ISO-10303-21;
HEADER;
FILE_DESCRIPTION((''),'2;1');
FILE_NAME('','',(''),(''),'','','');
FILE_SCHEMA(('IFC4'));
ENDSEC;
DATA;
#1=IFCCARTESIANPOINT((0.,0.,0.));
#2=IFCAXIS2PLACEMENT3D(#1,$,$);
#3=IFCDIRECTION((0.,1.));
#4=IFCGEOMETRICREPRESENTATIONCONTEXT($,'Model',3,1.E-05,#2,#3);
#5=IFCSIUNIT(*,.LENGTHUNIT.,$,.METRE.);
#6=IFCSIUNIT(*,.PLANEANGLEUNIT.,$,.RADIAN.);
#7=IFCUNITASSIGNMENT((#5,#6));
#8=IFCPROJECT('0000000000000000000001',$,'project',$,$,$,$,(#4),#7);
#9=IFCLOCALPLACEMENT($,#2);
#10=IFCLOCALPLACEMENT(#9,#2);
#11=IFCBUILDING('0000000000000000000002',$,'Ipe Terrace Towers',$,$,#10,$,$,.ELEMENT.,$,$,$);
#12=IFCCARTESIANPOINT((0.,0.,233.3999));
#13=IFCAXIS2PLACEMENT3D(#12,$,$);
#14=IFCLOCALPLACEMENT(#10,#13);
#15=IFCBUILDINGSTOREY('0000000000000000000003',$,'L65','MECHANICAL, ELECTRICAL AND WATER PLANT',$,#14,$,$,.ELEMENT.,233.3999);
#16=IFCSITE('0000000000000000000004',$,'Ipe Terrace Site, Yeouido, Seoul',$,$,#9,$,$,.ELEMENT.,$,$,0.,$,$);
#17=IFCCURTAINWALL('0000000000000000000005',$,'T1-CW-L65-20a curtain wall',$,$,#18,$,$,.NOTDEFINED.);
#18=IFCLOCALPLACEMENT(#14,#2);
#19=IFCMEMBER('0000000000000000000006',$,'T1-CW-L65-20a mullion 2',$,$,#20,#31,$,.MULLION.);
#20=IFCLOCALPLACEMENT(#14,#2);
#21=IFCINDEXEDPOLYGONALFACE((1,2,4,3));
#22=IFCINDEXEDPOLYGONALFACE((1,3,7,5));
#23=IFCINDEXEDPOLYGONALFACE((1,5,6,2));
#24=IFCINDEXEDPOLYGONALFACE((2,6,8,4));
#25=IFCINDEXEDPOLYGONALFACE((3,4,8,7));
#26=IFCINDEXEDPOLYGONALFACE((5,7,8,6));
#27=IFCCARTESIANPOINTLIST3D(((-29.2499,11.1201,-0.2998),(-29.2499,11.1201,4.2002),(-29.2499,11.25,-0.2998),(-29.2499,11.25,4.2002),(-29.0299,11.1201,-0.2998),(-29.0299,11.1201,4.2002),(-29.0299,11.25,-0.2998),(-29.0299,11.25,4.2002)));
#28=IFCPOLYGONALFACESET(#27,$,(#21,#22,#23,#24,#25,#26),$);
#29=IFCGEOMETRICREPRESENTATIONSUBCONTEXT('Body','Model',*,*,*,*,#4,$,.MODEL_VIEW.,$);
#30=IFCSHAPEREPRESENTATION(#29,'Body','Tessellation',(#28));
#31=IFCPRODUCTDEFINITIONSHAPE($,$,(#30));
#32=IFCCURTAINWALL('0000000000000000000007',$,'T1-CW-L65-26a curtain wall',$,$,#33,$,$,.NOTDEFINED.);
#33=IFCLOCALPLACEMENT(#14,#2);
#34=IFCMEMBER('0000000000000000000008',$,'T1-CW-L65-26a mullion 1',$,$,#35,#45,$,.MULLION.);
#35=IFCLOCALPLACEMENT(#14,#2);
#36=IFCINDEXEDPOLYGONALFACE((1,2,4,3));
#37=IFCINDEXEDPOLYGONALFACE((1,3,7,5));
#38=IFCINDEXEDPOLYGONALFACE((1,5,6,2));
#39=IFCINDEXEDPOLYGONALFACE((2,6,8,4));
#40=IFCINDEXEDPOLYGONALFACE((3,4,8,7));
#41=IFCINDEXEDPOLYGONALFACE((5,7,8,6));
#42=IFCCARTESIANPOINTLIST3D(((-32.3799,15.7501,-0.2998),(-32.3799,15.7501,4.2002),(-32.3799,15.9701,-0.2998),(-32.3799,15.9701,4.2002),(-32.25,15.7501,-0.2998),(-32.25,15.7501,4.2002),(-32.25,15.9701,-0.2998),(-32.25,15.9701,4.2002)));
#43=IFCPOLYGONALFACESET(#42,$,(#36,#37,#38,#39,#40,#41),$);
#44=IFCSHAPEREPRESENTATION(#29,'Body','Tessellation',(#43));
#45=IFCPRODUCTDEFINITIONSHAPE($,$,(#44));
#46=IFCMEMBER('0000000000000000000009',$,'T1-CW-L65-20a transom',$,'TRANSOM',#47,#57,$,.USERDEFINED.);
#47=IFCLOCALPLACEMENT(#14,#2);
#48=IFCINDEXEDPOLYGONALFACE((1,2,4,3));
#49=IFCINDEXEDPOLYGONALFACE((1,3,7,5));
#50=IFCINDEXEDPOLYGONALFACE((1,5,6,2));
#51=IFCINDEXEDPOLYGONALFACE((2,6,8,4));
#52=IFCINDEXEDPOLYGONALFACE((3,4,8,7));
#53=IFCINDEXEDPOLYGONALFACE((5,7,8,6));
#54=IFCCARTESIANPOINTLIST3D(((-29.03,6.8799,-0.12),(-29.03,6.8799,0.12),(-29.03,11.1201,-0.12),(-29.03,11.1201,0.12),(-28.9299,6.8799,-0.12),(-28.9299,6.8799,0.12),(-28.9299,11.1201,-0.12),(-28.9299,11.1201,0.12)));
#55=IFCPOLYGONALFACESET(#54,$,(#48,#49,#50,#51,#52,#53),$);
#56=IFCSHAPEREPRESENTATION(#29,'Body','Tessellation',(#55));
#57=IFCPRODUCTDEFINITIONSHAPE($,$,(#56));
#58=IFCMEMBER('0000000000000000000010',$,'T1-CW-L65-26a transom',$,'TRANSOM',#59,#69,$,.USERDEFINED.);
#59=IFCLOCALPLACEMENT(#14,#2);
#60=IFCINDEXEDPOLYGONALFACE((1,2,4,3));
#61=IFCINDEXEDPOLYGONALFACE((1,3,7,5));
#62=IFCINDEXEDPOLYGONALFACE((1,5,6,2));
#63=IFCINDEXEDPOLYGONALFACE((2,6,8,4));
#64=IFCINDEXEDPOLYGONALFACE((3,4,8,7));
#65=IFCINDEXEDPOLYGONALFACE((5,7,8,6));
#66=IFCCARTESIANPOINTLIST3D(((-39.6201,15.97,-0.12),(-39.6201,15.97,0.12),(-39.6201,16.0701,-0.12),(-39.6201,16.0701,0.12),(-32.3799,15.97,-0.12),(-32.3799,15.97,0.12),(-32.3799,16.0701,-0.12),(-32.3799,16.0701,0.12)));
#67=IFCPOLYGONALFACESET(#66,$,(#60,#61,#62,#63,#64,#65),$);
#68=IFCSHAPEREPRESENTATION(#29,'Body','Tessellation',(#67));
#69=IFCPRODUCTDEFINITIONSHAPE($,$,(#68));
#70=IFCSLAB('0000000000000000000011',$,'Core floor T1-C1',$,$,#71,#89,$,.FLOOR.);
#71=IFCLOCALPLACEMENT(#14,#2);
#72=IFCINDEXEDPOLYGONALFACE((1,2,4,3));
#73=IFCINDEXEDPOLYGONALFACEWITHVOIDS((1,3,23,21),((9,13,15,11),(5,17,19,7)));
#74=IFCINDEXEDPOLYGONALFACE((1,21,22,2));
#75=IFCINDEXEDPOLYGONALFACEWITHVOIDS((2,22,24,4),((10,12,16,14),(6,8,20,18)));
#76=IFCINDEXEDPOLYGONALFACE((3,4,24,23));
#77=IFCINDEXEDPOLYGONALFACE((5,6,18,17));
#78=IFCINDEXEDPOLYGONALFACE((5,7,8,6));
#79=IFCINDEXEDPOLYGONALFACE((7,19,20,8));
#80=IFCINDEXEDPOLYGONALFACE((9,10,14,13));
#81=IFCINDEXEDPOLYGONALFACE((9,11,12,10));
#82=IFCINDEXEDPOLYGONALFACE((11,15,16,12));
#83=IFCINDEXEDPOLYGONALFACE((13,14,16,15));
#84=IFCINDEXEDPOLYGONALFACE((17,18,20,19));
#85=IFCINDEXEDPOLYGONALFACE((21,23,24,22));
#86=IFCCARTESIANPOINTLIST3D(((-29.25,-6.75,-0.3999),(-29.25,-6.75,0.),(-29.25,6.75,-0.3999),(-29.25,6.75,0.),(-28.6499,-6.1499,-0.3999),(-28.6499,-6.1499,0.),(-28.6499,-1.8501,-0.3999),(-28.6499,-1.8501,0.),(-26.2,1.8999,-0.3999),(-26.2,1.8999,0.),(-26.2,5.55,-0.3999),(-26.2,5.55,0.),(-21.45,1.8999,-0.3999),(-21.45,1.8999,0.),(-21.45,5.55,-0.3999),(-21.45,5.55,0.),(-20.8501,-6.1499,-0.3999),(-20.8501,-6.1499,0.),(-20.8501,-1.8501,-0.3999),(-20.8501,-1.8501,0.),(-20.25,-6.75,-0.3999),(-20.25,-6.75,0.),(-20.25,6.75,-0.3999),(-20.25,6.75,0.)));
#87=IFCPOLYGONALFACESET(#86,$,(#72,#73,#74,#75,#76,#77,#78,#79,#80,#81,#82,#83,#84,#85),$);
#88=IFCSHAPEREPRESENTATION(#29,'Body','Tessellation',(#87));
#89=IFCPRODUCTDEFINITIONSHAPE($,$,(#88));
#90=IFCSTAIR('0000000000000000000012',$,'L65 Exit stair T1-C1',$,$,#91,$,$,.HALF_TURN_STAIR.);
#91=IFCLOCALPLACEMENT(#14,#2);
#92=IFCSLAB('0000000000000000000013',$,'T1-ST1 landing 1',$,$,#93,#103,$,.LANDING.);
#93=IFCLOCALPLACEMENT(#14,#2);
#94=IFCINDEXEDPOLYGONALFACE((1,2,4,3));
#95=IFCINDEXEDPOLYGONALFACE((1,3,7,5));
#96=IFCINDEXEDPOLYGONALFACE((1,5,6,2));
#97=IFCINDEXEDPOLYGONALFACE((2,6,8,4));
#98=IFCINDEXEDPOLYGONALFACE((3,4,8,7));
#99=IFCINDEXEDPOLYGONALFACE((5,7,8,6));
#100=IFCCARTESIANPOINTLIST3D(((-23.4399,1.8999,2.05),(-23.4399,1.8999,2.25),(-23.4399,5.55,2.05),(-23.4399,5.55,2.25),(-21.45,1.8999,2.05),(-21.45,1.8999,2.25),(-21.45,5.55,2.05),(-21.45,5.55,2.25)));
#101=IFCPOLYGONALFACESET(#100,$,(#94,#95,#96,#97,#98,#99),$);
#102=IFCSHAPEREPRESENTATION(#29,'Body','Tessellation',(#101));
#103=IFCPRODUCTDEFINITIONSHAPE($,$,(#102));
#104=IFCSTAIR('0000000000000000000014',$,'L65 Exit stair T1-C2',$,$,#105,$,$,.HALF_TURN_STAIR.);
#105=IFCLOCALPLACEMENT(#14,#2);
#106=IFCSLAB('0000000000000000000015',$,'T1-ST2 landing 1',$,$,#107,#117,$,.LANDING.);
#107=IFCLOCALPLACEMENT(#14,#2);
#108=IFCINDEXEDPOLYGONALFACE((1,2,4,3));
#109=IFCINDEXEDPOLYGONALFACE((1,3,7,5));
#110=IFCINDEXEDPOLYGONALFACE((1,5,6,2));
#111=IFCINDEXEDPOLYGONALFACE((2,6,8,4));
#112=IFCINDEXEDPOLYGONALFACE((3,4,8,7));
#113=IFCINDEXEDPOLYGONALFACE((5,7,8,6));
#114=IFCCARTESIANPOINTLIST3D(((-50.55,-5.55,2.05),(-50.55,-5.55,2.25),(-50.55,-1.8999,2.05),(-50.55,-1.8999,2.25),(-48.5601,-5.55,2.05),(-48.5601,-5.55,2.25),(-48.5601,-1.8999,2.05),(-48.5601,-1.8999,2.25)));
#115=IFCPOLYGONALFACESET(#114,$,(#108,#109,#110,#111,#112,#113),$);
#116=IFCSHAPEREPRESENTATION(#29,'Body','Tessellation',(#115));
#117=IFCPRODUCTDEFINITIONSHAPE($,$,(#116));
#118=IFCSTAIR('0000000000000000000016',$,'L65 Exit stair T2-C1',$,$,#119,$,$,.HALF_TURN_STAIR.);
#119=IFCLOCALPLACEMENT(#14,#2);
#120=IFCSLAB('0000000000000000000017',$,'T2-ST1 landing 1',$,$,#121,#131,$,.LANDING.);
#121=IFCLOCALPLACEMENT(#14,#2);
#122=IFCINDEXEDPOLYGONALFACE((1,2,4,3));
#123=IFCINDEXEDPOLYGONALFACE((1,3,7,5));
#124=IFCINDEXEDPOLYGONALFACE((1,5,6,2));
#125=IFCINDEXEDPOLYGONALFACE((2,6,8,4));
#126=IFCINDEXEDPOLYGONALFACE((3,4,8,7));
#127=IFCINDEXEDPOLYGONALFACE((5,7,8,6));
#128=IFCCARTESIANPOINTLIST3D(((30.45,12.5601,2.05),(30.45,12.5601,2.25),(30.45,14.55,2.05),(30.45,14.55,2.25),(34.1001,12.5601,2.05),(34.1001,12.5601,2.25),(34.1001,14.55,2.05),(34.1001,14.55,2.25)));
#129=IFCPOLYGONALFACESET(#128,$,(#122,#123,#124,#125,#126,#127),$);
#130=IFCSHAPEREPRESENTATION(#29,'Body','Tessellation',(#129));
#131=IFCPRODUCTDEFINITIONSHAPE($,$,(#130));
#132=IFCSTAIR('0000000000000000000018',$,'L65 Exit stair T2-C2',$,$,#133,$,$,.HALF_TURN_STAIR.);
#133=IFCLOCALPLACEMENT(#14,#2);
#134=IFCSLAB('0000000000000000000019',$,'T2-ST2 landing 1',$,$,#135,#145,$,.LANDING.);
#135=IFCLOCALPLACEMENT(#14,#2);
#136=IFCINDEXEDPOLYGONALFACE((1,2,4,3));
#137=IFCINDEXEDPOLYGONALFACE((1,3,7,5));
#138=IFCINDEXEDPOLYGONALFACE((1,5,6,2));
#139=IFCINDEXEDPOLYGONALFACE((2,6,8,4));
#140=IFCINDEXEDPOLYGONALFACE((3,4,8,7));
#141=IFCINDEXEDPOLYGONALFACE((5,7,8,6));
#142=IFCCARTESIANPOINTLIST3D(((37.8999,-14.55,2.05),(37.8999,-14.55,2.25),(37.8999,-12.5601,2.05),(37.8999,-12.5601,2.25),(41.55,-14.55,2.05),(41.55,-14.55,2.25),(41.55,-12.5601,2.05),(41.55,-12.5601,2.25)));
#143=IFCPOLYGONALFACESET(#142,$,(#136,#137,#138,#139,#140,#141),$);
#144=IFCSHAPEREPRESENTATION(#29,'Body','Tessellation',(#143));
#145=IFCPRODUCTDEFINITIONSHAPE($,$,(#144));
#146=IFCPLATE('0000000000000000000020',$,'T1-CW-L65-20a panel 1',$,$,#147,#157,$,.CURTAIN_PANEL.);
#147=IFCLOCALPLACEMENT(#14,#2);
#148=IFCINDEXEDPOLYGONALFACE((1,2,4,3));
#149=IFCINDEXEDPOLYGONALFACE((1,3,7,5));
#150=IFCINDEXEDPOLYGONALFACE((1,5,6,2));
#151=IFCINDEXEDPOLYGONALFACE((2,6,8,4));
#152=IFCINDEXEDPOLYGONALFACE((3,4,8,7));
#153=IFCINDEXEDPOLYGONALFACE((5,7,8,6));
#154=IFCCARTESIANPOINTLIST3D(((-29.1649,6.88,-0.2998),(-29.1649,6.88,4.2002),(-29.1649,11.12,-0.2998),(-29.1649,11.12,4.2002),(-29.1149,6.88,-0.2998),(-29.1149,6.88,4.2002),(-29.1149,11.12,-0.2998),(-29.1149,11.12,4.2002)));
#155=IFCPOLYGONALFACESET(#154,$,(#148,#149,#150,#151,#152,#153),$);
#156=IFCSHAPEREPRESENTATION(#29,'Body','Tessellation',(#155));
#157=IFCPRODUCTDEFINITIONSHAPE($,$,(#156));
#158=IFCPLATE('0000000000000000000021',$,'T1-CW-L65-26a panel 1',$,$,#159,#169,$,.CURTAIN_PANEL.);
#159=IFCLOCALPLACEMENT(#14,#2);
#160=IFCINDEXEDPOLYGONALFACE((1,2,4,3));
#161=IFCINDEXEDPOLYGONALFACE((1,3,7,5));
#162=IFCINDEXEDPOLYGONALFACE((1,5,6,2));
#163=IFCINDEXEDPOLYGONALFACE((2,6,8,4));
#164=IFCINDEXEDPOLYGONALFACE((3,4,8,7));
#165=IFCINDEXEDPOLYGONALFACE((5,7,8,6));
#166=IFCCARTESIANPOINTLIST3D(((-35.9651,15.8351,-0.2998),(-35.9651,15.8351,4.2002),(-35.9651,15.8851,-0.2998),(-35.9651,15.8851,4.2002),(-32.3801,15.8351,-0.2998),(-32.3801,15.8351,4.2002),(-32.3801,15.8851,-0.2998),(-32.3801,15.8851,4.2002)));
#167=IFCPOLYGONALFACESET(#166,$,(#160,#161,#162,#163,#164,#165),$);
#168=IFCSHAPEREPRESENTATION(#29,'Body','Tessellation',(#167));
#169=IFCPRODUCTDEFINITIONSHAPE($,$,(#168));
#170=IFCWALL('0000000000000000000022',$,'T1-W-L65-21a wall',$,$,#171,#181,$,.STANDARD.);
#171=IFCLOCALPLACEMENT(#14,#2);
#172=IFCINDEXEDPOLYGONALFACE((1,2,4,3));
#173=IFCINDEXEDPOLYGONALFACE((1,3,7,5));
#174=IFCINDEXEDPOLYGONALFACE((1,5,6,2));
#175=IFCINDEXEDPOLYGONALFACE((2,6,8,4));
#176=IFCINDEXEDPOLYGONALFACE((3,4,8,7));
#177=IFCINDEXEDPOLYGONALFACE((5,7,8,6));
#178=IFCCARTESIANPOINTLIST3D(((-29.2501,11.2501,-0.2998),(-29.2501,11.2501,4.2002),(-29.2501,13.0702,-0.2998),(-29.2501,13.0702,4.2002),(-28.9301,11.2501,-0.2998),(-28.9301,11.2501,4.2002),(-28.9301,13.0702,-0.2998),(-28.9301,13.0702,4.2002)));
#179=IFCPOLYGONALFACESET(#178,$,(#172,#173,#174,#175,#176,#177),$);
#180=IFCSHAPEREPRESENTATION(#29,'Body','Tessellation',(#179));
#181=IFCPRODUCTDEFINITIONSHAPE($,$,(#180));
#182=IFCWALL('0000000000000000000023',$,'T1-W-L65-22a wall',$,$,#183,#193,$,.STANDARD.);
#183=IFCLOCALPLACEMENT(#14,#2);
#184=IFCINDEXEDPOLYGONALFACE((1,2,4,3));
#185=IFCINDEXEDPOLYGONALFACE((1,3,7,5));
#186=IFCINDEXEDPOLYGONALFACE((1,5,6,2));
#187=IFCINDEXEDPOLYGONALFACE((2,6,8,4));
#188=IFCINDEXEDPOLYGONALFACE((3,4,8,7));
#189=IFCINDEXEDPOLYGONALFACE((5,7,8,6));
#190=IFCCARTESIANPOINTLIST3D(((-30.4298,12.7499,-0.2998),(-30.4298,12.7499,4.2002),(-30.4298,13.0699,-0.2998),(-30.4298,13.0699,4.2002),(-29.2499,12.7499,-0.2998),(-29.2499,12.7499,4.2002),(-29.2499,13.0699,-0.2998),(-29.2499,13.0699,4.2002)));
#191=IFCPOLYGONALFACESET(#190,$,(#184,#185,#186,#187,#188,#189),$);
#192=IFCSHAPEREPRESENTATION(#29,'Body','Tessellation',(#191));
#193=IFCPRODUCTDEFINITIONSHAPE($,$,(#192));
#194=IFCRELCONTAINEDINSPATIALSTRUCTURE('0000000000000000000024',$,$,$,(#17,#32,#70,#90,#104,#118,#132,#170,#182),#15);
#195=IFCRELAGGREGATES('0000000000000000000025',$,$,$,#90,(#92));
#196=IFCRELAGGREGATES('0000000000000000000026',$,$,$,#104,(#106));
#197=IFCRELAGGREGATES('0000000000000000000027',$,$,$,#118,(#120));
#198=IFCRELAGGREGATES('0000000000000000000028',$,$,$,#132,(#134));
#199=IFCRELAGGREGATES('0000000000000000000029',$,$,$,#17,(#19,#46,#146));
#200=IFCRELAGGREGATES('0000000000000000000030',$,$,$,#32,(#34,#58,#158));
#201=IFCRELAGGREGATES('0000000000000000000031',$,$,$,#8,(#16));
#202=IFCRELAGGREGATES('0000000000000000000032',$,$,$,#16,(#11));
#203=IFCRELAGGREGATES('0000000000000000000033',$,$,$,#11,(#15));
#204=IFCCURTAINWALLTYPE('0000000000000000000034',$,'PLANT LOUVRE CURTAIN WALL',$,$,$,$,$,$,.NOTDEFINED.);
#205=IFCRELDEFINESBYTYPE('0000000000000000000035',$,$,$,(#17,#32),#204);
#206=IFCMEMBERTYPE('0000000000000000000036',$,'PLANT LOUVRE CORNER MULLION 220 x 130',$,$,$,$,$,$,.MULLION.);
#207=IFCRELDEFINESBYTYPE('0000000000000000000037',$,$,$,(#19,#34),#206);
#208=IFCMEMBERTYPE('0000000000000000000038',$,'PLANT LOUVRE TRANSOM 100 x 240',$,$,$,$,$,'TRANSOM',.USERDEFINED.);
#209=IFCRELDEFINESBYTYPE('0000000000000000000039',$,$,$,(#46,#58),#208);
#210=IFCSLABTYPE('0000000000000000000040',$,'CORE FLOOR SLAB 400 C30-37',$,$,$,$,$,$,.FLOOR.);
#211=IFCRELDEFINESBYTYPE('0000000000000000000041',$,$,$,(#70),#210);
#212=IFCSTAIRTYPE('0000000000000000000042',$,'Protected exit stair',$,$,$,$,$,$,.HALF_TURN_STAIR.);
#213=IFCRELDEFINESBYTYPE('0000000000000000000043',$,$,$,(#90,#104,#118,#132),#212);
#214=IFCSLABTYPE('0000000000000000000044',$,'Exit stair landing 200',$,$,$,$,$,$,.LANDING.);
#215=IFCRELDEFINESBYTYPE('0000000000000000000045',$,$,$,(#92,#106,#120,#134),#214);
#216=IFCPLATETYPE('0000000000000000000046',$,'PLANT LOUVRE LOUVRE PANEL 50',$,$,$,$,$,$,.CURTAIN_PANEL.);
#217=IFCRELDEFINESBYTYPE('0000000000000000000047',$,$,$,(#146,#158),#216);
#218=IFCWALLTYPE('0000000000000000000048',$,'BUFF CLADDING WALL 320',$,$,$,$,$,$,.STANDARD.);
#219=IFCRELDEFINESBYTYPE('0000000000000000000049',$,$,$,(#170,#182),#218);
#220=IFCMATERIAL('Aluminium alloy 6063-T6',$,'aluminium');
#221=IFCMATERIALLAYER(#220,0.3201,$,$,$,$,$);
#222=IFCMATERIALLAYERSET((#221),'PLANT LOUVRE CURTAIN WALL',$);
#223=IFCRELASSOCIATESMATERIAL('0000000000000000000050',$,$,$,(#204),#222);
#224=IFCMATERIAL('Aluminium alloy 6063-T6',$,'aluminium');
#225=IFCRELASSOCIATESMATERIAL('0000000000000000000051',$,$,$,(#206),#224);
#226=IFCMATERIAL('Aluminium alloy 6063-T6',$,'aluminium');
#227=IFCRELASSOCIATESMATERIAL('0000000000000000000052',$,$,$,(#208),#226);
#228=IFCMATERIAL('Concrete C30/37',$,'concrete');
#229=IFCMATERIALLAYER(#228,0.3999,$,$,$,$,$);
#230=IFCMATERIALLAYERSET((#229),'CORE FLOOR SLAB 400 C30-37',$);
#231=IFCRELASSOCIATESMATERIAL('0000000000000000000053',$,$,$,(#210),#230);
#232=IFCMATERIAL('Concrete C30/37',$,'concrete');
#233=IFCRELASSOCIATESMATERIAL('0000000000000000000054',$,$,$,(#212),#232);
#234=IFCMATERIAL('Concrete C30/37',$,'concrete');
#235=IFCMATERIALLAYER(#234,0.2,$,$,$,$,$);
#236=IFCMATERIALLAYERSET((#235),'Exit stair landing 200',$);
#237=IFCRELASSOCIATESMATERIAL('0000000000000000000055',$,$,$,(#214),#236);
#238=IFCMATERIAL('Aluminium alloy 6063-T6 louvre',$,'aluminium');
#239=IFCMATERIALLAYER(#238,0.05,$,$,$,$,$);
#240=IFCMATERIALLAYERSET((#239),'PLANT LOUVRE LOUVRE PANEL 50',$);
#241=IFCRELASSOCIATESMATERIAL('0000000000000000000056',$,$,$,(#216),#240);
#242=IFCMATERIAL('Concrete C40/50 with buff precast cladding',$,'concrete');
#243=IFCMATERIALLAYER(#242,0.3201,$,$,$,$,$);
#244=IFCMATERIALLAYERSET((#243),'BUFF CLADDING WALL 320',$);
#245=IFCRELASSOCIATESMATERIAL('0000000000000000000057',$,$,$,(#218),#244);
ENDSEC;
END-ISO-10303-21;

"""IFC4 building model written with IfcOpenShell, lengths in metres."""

from ifc_helpers import new_model, si_unit, direction, frame, frame_2d, origin, origin_2d, place, context, subcontext, project, spatial, polyline, rectangle, outline, extrude, material, layer, layer_set, material_profile, profile_set, type_object, element, aggregate, save


model = new_model("IFC4")

# Units and contexts
model_context = context("Model", 3, precision=1e-05, world=origin(), true_north=direction((0.0, 1.0)))
body_context = subcontext(model_context, "Body", "Model", "MODEL_VIEW")
ifc_project = project(units=[si_unit("LENGTHUNIT", "METRE"), si_unit("PLANEANGLEUNIT", "RADIAN")], contexts=[model_context])

# Site, building, storey
site_placement = place(None, origin())
site = spatial("IfcSite", under=ifc_project, at=site_placement, Name="Ipe Terrace Site, Yeouido, Seoul", CompositionType="ELEMENT", RefElevation=0.0)
building_placement = place(site_placement, origin())
building = spatial("IfcBuilding", under=site, at=building_placement, Name="Ipe Terrace Towers", CompositionType="ELEMENT")
storey_placement = place(building_placement, frame((0.0, 0.0, 233.3999)))
storey = spatial("IfcBuildingStorey", under=building, at=storey_placement, Name="L65", Description="MECHANICAL, ELECTRICAL AND WATER PLANT", CompositionType="ELEMENT", Elevation=233.3999)

# Curtain wall, member
ifc_material_1 = material(Name="Aluminium alloy 6063-T6", Category="aluminium")
ifc_layer_1 = layer(ifc_material_1, 0.3201)
ifc_layer_set_1 = layer_set([ifc_layer_1], Name="PLANT LOUVRE CURTAIN WALL")
curtain_wall_type = type_object("IfcCurtainWallType", Name="PLANT LOUVRE CURTAIN WALL", PredefinedType="NOTDEFINED", material=ifc_layer_set_1)
curtain_wall_1_placement = place(storey_placement, origin())
curtain_wall_1 = element("IfcCurtainWall", 1, at=curtain_wall_1_placement, inside=storey, type_object=curtain_wall_type, Name="T1-CW-L65-20a curtain wall", PredefinedType="NOTDEFINED")
ifc_material_2 = material(Name="Aluminium alloy 6063-T6", Category="aluminium")
ifc_material_profile_1 = material_profile(ifc_material_2, rectangle(XDim=0.22, YDim=0.1299, at=origin_2d()), Name="PLANT LOUVRE CORNER MULLION 220 x 130")
ifc_profile_set_1 = profile_set([ifc_material_profile_1], Name="Aluminium alloy 6063-T6")
member_type_1 = type_object("IfcMemberType", Name="PLANT LOUVRE CORNER MULLION 220 x 130", PredefinedType="MULLION", material=ifc_profile_set_1)
member_1_placement = place(storey_placement, frame((-29.1399, 11.1851, -0.2998), z_axis=(0.0, 0.0, 1.0), x_axis=(1.0, 0.0, 0.0)))
member_1 = element("IfcMember", 2, at=member_1_placement, type_object=member_type_1, Name="T1-CW-L65-20a mullion 2", PredefinedType="MULLION", context=body_context, shape_type="SweptSolid", body=[
    extrude(rectangle(XDim=0.22, YDim=0.1299, at=origin_2d()), origin(), (0.0, 0.0, 1.0), 4.5),
])

# Curtain wall, member
curtain_wall_2_placement = place(storey_placement, origin())
curtain_wall_2 = element("IfcCurtainWall", 3, at=curtain_wall_2_placement, inside=storey, type_object=curtain_wall_type, Name="T1-CW-L65-26a curtain wall", PredefinedType="NOTDEFINED")
member_2_placement = place(storey_placement, frame((-32.3149, 15.8601, -0.2998), z_axis=(0.0, 0.0, 1.0), x_axis=(0.0, 1.0, 0.0)))
member_2 = element("IfcMember", 4, at=member_2_placement, type_object=member_type_1, Name="T1-CW-L65-26a mullion 1", PredefinedType="MULLION", context=body_context, shape_type="SweptSolid", body=[
    extrude(rectangle(XDim=0.22, YDim=0.1299, at=origin_2d()), origin(), (0.0, 0.0, 1.0), 4.5),
])

# Members
ifc_material_3 = material(Name="Aluminium alloy 6063-T6", Category="aluminium")
ifc_material_profile_2 = material_profile(ifc_material_3, rectangle(XDim=0.1001, YDim=0.24, at=origin_2d()), Name="PLANT LOUVRE TRANSOM 100 x 240")
ifc_profile_set_2 = profile_set([ifc_material_profile_2], Name="Aluminium alloy 6063-T6")
member_type_2 = type_object("IfcMemberType", Name="PLANT LOUVRE TRANSOM 100 x 240", ElementType="TRANSOM", PredefinedType="USERDEFINED", material=ifc_profile_set_2)
member_3_placement = place(storey_placement, frame((-28.98, 6.8799, 0.0), z_axis=(0.0, 1.0, 0.0), x_axis=(1.0, 0.0, 0.0)))
member_3 = element("IfcMember", 5, at=member_3_placement, type_object=member_type_2, Name="T1-CW-L65-20a transom", ObjectType="TRANSOM", PredefinedType="USERDEFINED", context=body_context, shape_type="SweptSolid", body=[
    extrude(rectangle(XDim=0.1001, YDim=0.24, at=origin_2d()), origin(), (0.0, 0.0, 1.0), 4.2402),
])
member_4_placement = place(storey_placement, frame((-32.3799, 16.02, 0.0), z_axis=(-1.0, 0.0, 0.0), x_axis=(0.0, 1.0, 0.0)))
member_4 = element("IfcMember", 6, at=member_4_placement, type_object=member_type_2, Name="T1-CW-L65-26a transom", ObjectType="TRANSOM", PredefinedType="USERDEFINED", context=body_context, shape_type="SweptSolid", body=[
    extrude(rectangle(XDim=0.1001, YDim=0.24, at=origin_2d()), origin(), (0.0, 0.0, 1.0), 7.2402),
])

# Slab
ifc_material_4 = material(Name="Concrete C30/37", Category="concrete")
ifc_layer_2 = layer(ifc_material_4, 0.3999)
ifc_layer_set_2 = layer_set([ifc_layer_2], Name="CORE FLOOR SLAB 400 C30-37")
slab_type_1 = type_object("IfcSlabType", Name="CORE FLOOR SLAB 400 C30-37", PredefinedType="FLOOR", material=ifc_layer_set_2)
slab_1_placement = place(storey_placement, frame((0.0, 0.0, -0.3999)))
element("IfcSlab", 7, at=slab_1_placement, inside=storey, type_object=slab_type_1, Name="Core floor T1-C1", PredefinedType="FLOOR", context=body_context, shape_type="SweptSolid", body=[
    extrude(outline(polyline([(-29.25, -6.75), (-29.25, 6.75), (-20.25, 6.75), (-20.25, -6.75), (-29.25, -6.75)]), holes=[polyline([(-28.6499, -6.1499), (-20.8501, -6.1499), (-20.8501, -1.8501), (-28.6499, -1.8501), (-28.6499, -6.1499)]), polyline([(-26.2, 5.55), (-26.2, 1.8999), (-21.45, 1.8999), (-21.45, 5.55), (-26.2, 5.55)])]), origin(), (0.0, 0.0, 1.0), 0.3999),
])

# Stairs, slabs
ifc_material_5 = material(Name="Concrete C30/37", Category="concrete")
stair_type = type_object("IfcStairType", Name="Protected exit stair", PredefinedType="HALF_TURN_STAIR", material=ifc_material_5)
stair_1_placement = place(storey_placement, origin())
stair_1 = element("IfcStair", 8, at=stair_1_placement, inside=storey, type_object=stair_type, Name="L65 Exit stair T1-C1", PredefinedType="HALF_TURN_STAIR")
ifc_material_6 = material(Name="Concrete C30/37", Category="concrete")
ifc_layer_3 = layer(ifc_material_6, 0.2)
ifc_layer_set_3 = layer_set([ifc_layer_3], Name="Exit stair landing 200")
slab_type_2 = type_object("IfcSlabType", Name="Exit stair landing 200", PredefinedType="LANDING", material=ifc_layer_set_3)
slab_2_placement = place(storey_placement, frame((0.0, 0.0, 2.05)))
slab_2 = element("IfcSlab", 9, at=slab_2_placement, type_object=slab_type_2, Name="T1-ST1 landing 1", PredefinedType="LANDING", context=body_context, shape_type="SweptSolid", body=[
    extrude(outline(polyline([(-23.4399, 1.8999), (-21.45, 1.8999), (-21.45, 5.55), (-23.4399, 5.55), (-23.4399, 1.8999)])), origin(), (0.0, 0.0, 1.0), 0.2),
])
aggregate(stair_1, [slab_2])
stair_2_placement = place(storey_placement, origin())
stair_2 = element("IfcStair", 10, at=stair_2_placement, inside=storey, type_object=stair_type, Name="L65 Exit stair T1-C2", PredefinedType="HALF_TURN_STAIR")
slab_3_placement = place(storey_placement, frame((0.0, 0.0, 2.05)))
slab_3 = element("IfcSlab", 11, at=slab_3_placement, type_object=slab_type_2, Name="T1-ST2 landing 1", PredefinedType="LANDING", context=body_context, shape_type="SweptSolid", body=[
    extrude(outline(polyline([(-48.5601, -1.8999), (-50.55, -1.8999), (-50.55, -5.55), (-48.5601, -5.55), (-48.5601, -1.8999)])), origin(), (0.0, 0.0, 1.0), 0.2),
])
aggregate(stair_2, [slab_3])
stair_3_placement = place(storey_placement, origin())
stair_3 = element("IfcStair", 12, at=stair_3_placement, inside=storey, type_object=stair_type, Name="L65 Exit stair T2-C1", PredefinedType="HALF_TURN_STAIR")
slab_4_placement = place(storey_placement, frame((0.0, 0.0, 2.05)))
slab_4 = element("IfcSlab", 13, at=slab_4_placement, type_object=slab_type_2, Name="T2-ST1 landing 1", PredefinedType="LANDING", context=body_context, shape_type="SweptSolid", body=[
    extrude(outline(polyline([(34.1001, 12.5601), (34.1001, 14.55), (30.45, 14.55), (30.45, 12.5601), (34.1001, 12.5601)])), origin(), (0.0, 0.0, 1.0), 0.2),
])
aggregate(stair_3, [slab_4])
stair_4_placement = place(storey_placement, origin())
stair_4 = element("IfcStair", 14, at=stair_4_placement, inside=storey, type_object=stair_type, Name="L65 Exit stair T2-C2", PredefinedType="HALF_TURN_STAIR")
slab_5_placement = place(storey_placement, frame((0.0, 0.0, 2.05)))
slab_5 = element("IfcSlab", 15, at=slab_5_placement, type_object=slab_type_2, Name="T2-ST2 landing 1", PredefinedType="LANDING", context=body_context, shape_type="SweptSolid", body=[
    extrude(outline(polyline([(37.8999, -12.5601), (37.8999, -14.55), (41.55, -14.55), (41.55, -12.5601), (37.8999, -12.5601)])), origin(), (0.0, 0.0, 1.0), 0.2),
])
aggregate(stair_4, [slab_5])

# Plates
ifc_material_7 = material(Name="Aluminium alloy 6063-T6 louvre", Category="aluminium")
ifc_layer_4 = layer(ifc_material_7, 0.05)
ifc_layer_set_4 = layer_set([ifc_layer_4], Name="PLANT LOUVRE LOUVRE PANEL 50")
plate_type = type_object("IfcPlateType", Name="PLANT LOUVRE LOUVRE PANEL 50", PredefinedType="CURTAIN_PANEL", material=ifc_layer_set_4)
plate_1_placement = place(storey_placement, frame((-29.1399, 9.0, -0.2998), z_axis=(0.0, 0.0, 1.0), x_axis=(0.0, 1.0, 0.0)))
plate_1 = element("IfcPlate", 16, at=plate_1_placement, type_object=plate_type, Name="T1-CW-L65-20a panel 1", PredefinedType="CURTAIN_PANEL", context=body_context, shape_type="SweptSolid", body=[
    extrude(rectangle(XDim=4.24, YDim=0.05, at=origin_2d()), origin(), (0.0, 0.0, 1.0), 4.5),
])
aggregate(curtain_wall_1, [member_1, member_3, plate_1])
plate_2_placement = place(storey_placement, frame((-34.1726, 15.8601, -0.2998), z_axis=(0.0, 0.0, 1.0), x_axis=(-1.0, 0.0, 0.0)))
plate_2 = element("IfcPlate", 17, at=plate_2_placement, type_object=plate_type, Name="T1-CW-L65-26a panel 1", PredefinedType="CURTAIN_PANEL", context=body_context, shape_type="SweptSolid", body=[
    extrude(rectangle(XDim=3.585, YDim=0.05, at=origin_2d()), origin(), (0.0, 0.0, 1.0), 4.5),
])
aggregate(curtain_wall_2, [member_2, member_4, plate_2])

# Walls
ifc_material_8 = material(Name="Concrete C40/50 with buff precast cladding", Category="concrete")
ifc_layer_5 = layer(ifc_material_8, 0.3201)
ifc_layer_set_5 = layer_set([ifc_layer_5], Name="BUFF CLADDING WALL 320")
wall_type_1 = type_object("IfcWallType", Name="BUFF CLADDING WALL 320", PredefinedType="STANDARD", material=ifc_layer_set_5)
wall_1_placement = place(storey_placement, frame((-29.0901, 11.25, -0.2998), z_axis=(0.0, 0.0, 1.0), x_axis=(0.0, 1.0, 0.0)))
element("IfcWall", 18, at=wall_1_placement, inside=storey, type_object=wall_type_1, Name="T1-W-L65-21a wall", PredefinedType="STANDARD", context=body_context, shape_type="SweptSolid", body=[
    extrude(rectangle(XDim=1.8201, YDim=0.3201, at=frame_2d((0.9102, 0.0))), origin(), (0.0, 0.0, 1.0), 4.5),
])
wall_2_placement = place(storey_placement, frame((-29.25, 12.9099, -0.2998), z_axis=(0.0, 0.0, 1.0), x_axis=(-1.0, 0.0, 0.0)))
element("IfcWall", 19, at=wall_2_placement, inside=storey, type_object=wall_type_1, Name="T1-W-L65-22a wall", PredefinedType="STANDARD", context=body_context, shape_type="SweptSolid", body=[
    extrude(rectangle(XDim=1.1799, YDim=0.3201, at=frame_2d((0.5898, 0.0))), origin(), (0.0, 0.0, 1.0), 4.5),
])

save(model, "model.ifc")
